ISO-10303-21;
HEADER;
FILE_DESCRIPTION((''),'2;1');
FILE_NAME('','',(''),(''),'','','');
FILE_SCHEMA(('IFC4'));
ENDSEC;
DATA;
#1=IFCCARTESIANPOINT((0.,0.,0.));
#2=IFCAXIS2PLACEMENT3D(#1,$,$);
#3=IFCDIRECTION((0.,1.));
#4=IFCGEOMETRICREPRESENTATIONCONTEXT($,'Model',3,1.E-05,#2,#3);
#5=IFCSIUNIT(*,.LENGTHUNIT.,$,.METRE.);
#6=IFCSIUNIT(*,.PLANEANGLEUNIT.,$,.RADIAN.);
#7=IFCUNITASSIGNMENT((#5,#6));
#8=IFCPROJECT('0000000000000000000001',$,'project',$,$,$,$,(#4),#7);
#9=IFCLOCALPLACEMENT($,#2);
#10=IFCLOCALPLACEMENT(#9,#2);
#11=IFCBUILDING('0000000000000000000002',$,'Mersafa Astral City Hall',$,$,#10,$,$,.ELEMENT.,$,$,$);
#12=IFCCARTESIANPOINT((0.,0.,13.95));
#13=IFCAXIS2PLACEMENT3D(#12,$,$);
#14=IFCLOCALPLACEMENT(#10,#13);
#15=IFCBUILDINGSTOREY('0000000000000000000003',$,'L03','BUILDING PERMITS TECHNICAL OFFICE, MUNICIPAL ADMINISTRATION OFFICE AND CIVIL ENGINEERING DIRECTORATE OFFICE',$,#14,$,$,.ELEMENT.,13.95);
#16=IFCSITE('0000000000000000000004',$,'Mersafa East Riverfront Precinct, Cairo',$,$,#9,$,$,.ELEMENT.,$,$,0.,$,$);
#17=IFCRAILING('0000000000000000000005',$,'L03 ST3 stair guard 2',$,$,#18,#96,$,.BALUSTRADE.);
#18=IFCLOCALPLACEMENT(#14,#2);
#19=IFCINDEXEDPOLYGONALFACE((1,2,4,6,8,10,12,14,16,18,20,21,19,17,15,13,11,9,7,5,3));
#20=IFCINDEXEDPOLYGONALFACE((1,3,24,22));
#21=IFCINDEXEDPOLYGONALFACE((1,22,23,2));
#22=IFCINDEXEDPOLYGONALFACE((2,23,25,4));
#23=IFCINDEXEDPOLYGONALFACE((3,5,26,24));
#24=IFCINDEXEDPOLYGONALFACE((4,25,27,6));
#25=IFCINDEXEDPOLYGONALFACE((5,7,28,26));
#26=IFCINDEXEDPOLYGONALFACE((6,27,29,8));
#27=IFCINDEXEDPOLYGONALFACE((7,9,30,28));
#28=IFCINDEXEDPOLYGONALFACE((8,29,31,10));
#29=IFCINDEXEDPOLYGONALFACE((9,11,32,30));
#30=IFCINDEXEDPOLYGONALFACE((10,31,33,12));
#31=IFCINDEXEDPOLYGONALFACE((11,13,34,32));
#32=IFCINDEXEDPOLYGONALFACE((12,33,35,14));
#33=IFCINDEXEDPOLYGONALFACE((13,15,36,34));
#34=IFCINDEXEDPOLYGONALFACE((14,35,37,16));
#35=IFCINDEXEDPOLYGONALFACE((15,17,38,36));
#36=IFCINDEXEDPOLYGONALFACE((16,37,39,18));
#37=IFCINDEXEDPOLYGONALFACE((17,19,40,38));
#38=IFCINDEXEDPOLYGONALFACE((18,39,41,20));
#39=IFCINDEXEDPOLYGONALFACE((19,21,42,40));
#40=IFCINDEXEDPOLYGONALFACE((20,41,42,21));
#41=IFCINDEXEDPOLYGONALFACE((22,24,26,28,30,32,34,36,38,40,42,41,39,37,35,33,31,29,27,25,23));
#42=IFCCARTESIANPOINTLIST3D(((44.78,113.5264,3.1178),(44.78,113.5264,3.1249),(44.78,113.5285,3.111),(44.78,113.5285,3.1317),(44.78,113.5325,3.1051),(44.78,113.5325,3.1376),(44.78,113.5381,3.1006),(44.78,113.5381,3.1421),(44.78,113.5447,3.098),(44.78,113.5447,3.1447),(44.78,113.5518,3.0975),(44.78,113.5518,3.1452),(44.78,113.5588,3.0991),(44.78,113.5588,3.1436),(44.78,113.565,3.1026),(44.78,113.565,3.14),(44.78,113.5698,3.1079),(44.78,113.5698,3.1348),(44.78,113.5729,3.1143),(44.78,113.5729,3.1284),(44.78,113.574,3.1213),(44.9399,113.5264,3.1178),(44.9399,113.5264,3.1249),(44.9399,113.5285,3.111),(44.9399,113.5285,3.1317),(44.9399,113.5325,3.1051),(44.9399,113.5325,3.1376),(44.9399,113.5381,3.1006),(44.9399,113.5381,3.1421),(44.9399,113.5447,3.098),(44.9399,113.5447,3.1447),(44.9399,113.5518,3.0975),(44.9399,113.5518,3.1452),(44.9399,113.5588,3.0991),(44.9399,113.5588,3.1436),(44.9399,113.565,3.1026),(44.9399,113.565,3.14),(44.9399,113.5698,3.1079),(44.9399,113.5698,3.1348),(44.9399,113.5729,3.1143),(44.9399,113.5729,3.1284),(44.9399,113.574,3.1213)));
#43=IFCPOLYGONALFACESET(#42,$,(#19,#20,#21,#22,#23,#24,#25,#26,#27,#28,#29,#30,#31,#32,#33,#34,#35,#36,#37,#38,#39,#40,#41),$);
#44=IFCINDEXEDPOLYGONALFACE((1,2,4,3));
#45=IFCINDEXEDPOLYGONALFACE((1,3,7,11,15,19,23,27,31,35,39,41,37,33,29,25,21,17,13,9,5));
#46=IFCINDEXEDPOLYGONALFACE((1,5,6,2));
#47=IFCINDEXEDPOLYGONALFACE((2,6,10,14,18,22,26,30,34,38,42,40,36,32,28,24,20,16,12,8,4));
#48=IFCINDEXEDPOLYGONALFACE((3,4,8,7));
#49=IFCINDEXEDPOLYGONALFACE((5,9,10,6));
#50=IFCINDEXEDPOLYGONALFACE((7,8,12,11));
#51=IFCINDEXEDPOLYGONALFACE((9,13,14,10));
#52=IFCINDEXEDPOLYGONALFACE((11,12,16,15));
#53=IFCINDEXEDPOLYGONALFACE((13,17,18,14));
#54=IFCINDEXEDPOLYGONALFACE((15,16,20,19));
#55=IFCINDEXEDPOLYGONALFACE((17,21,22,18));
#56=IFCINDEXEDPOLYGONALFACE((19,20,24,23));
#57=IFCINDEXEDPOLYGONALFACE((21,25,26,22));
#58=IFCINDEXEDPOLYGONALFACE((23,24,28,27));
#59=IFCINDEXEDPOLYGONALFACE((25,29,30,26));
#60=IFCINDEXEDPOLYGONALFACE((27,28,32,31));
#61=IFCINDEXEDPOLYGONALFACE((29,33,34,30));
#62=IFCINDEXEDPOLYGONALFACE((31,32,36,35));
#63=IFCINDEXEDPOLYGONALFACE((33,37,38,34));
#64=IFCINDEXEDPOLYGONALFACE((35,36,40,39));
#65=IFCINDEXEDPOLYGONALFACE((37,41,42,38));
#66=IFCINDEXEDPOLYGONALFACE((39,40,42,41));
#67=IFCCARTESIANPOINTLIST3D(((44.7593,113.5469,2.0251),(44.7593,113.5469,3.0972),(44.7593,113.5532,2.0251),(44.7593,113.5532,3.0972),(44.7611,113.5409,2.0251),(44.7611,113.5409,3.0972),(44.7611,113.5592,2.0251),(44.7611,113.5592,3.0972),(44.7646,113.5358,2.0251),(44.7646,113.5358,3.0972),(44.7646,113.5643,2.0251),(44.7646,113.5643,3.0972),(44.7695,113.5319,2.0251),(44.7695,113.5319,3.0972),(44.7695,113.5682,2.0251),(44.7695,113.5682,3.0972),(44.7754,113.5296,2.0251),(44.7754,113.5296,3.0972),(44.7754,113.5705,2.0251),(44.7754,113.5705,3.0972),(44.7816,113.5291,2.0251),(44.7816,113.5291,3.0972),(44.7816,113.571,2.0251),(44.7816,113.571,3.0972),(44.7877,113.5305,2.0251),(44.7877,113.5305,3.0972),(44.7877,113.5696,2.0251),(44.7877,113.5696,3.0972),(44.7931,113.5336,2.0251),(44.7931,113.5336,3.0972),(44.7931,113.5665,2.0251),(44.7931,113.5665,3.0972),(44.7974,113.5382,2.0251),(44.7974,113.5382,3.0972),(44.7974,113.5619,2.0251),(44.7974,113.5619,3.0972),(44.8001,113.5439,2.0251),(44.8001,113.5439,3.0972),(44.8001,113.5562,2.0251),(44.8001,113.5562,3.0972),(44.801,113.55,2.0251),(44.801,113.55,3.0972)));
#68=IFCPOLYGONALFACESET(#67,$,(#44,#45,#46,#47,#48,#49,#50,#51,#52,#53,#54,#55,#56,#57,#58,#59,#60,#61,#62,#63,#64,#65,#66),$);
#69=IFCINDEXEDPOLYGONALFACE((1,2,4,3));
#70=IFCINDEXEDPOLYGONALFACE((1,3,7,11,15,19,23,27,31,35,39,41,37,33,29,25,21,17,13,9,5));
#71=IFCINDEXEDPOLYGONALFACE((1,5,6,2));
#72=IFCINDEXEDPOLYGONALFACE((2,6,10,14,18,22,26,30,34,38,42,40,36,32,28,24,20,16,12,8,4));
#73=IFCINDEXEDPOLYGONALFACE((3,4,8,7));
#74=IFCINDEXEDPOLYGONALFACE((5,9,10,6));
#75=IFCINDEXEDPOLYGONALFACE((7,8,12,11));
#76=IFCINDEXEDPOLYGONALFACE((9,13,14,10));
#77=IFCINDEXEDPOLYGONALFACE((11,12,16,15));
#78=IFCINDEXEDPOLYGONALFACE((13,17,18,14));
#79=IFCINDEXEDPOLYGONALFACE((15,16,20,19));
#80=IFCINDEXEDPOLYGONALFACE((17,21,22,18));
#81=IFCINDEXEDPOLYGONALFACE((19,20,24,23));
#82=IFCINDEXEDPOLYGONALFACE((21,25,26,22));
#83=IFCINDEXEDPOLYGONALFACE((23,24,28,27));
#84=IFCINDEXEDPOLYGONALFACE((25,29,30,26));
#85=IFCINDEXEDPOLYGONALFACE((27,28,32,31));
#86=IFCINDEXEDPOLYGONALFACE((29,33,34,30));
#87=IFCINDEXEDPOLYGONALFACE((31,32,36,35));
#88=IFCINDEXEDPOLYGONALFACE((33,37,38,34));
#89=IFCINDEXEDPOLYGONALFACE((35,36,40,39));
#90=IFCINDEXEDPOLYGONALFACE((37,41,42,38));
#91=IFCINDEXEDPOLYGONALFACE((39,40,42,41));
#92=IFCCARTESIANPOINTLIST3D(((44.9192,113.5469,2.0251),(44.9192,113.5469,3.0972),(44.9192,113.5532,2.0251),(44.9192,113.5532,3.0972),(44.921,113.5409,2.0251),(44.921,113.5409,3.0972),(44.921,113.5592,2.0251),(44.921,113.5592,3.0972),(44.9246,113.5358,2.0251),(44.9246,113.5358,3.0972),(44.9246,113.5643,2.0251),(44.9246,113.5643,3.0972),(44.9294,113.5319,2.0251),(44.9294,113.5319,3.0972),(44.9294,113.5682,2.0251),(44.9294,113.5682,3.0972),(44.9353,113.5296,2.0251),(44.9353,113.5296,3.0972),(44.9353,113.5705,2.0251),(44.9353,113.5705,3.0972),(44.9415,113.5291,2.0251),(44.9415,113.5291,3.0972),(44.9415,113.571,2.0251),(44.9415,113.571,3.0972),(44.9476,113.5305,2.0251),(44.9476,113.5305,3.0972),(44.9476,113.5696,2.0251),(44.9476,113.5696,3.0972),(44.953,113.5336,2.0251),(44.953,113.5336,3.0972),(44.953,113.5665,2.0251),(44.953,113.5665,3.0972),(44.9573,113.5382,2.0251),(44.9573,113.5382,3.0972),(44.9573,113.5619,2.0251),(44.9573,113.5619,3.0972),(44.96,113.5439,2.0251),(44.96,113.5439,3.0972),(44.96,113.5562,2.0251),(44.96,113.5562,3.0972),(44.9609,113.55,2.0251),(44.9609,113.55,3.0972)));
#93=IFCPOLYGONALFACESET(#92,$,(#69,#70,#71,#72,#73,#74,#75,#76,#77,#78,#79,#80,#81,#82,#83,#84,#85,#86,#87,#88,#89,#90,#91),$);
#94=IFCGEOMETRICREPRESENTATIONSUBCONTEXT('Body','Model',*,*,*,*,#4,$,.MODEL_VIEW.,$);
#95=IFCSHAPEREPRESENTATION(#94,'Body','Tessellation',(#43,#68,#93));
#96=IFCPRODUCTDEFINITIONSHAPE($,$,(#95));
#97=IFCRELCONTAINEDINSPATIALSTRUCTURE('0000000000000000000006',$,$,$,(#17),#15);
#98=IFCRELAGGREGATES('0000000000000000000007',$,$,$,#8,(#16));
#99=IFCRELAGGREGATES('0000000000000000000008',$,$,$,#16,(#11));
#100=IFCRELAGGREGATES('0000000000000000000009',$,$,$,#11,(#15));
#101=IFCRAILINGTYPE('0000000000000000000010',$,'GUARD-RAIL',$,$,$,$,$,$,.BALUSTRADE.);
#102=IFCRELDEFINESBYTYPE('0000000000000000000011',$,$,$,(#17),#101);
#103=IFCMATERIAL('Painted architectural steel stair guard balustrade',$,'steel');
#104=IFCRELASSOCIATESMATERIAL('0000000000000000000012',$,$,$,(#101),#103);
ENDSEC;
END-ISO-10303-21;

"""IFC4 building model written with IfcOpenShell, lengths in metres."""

from ifc_helpers import new_model, si_unit, direction, frame, origin, origin_2d, place, context, subcontext, project, spatial, circle, extrude, material, type_object, element, save


model = new_model("IFC4")

# Units and contexts
model_context = context("Model", 3, precision=1e-05, world=origin(), true_north=direction((0.0, 1.0)))
body_context = subcontext(model_context, "Body", "Model", "MODEL_VIEW")
ifc_project = project(units=[si_unit("LENGTHUNIT", "METRE"), si_unit("PLANEANGLEUNIT", "RADIAN")], contexts=[model_context])

# Site, building, storey
site_placement = place(None, origin())
site = spatial("IfcSite", under=ifc_project, at=site_placement, Name="Mersafa East Riverfront Precinct, Cairo", CompositionType="ELEMENT", RefElevation=0.0)
building_placement = place(site_placement, origin())
building = spatial("IfcBuilding", under=site, at=building_placement, Name="Mersafa Astral City Hall", CompositionType="ELEMENT")
storey_placement = place(building_placement, frame((0.0, 0.0, 13.95)))
storey = spatial("IfcBuildingStorey", under=building, at=storey_placement, Name="L03", Description="BUILDING PERMITS TECHNICAL OFFICE, MUNICIPAL ADMINISTRATION OFFICE AND CIVIL ENGINEERING DIRECTORATE OFFICE", CompositionType="ELEMENT", Elevation=13.95)

# Railing
ifc_material_1 = material(Name="Painted architectural steel stair guard balustrade", Category="steel")
railing_type_1 = type_object("IfcRailingType", Name="GUARD-RAIL", PredefinedType="BALUSTRADE", material=ifc_material_1)
railing_1_placement = place(storey_placement, frame((44.78, 113.55, 2.0251)))
element("IfcRailing", 1, at=railing_1_placement, inside=storey, type_object=railing_type_1, Name="L03 ST3 stair guard 2", PredefinedType="BALUSTRADE", context=body_context, shape_type="SweptSolid", body=[
    extrude(circle(Radius=0.0239, at=origin_2d()), frame((0.0, 0.0, 1.0962), z_axis=(1.0, 0.0, 0.0), x_axis=(0.0, 1.0, 0.0)), (0.0, 0.0, 1.0), 0.1599),
    extrude(circle(Radius=0.021, at=origin_2d()), origin(), (0.0, 0.0, 1.0), 1.072),
    extrude(circle(Radius=0.021, at=origin_2d()), frame((0.1599, 0.0, 0.0)), (0.0, 0.0, 1.0), 1.072),
])

save(model, "model.ifc")
